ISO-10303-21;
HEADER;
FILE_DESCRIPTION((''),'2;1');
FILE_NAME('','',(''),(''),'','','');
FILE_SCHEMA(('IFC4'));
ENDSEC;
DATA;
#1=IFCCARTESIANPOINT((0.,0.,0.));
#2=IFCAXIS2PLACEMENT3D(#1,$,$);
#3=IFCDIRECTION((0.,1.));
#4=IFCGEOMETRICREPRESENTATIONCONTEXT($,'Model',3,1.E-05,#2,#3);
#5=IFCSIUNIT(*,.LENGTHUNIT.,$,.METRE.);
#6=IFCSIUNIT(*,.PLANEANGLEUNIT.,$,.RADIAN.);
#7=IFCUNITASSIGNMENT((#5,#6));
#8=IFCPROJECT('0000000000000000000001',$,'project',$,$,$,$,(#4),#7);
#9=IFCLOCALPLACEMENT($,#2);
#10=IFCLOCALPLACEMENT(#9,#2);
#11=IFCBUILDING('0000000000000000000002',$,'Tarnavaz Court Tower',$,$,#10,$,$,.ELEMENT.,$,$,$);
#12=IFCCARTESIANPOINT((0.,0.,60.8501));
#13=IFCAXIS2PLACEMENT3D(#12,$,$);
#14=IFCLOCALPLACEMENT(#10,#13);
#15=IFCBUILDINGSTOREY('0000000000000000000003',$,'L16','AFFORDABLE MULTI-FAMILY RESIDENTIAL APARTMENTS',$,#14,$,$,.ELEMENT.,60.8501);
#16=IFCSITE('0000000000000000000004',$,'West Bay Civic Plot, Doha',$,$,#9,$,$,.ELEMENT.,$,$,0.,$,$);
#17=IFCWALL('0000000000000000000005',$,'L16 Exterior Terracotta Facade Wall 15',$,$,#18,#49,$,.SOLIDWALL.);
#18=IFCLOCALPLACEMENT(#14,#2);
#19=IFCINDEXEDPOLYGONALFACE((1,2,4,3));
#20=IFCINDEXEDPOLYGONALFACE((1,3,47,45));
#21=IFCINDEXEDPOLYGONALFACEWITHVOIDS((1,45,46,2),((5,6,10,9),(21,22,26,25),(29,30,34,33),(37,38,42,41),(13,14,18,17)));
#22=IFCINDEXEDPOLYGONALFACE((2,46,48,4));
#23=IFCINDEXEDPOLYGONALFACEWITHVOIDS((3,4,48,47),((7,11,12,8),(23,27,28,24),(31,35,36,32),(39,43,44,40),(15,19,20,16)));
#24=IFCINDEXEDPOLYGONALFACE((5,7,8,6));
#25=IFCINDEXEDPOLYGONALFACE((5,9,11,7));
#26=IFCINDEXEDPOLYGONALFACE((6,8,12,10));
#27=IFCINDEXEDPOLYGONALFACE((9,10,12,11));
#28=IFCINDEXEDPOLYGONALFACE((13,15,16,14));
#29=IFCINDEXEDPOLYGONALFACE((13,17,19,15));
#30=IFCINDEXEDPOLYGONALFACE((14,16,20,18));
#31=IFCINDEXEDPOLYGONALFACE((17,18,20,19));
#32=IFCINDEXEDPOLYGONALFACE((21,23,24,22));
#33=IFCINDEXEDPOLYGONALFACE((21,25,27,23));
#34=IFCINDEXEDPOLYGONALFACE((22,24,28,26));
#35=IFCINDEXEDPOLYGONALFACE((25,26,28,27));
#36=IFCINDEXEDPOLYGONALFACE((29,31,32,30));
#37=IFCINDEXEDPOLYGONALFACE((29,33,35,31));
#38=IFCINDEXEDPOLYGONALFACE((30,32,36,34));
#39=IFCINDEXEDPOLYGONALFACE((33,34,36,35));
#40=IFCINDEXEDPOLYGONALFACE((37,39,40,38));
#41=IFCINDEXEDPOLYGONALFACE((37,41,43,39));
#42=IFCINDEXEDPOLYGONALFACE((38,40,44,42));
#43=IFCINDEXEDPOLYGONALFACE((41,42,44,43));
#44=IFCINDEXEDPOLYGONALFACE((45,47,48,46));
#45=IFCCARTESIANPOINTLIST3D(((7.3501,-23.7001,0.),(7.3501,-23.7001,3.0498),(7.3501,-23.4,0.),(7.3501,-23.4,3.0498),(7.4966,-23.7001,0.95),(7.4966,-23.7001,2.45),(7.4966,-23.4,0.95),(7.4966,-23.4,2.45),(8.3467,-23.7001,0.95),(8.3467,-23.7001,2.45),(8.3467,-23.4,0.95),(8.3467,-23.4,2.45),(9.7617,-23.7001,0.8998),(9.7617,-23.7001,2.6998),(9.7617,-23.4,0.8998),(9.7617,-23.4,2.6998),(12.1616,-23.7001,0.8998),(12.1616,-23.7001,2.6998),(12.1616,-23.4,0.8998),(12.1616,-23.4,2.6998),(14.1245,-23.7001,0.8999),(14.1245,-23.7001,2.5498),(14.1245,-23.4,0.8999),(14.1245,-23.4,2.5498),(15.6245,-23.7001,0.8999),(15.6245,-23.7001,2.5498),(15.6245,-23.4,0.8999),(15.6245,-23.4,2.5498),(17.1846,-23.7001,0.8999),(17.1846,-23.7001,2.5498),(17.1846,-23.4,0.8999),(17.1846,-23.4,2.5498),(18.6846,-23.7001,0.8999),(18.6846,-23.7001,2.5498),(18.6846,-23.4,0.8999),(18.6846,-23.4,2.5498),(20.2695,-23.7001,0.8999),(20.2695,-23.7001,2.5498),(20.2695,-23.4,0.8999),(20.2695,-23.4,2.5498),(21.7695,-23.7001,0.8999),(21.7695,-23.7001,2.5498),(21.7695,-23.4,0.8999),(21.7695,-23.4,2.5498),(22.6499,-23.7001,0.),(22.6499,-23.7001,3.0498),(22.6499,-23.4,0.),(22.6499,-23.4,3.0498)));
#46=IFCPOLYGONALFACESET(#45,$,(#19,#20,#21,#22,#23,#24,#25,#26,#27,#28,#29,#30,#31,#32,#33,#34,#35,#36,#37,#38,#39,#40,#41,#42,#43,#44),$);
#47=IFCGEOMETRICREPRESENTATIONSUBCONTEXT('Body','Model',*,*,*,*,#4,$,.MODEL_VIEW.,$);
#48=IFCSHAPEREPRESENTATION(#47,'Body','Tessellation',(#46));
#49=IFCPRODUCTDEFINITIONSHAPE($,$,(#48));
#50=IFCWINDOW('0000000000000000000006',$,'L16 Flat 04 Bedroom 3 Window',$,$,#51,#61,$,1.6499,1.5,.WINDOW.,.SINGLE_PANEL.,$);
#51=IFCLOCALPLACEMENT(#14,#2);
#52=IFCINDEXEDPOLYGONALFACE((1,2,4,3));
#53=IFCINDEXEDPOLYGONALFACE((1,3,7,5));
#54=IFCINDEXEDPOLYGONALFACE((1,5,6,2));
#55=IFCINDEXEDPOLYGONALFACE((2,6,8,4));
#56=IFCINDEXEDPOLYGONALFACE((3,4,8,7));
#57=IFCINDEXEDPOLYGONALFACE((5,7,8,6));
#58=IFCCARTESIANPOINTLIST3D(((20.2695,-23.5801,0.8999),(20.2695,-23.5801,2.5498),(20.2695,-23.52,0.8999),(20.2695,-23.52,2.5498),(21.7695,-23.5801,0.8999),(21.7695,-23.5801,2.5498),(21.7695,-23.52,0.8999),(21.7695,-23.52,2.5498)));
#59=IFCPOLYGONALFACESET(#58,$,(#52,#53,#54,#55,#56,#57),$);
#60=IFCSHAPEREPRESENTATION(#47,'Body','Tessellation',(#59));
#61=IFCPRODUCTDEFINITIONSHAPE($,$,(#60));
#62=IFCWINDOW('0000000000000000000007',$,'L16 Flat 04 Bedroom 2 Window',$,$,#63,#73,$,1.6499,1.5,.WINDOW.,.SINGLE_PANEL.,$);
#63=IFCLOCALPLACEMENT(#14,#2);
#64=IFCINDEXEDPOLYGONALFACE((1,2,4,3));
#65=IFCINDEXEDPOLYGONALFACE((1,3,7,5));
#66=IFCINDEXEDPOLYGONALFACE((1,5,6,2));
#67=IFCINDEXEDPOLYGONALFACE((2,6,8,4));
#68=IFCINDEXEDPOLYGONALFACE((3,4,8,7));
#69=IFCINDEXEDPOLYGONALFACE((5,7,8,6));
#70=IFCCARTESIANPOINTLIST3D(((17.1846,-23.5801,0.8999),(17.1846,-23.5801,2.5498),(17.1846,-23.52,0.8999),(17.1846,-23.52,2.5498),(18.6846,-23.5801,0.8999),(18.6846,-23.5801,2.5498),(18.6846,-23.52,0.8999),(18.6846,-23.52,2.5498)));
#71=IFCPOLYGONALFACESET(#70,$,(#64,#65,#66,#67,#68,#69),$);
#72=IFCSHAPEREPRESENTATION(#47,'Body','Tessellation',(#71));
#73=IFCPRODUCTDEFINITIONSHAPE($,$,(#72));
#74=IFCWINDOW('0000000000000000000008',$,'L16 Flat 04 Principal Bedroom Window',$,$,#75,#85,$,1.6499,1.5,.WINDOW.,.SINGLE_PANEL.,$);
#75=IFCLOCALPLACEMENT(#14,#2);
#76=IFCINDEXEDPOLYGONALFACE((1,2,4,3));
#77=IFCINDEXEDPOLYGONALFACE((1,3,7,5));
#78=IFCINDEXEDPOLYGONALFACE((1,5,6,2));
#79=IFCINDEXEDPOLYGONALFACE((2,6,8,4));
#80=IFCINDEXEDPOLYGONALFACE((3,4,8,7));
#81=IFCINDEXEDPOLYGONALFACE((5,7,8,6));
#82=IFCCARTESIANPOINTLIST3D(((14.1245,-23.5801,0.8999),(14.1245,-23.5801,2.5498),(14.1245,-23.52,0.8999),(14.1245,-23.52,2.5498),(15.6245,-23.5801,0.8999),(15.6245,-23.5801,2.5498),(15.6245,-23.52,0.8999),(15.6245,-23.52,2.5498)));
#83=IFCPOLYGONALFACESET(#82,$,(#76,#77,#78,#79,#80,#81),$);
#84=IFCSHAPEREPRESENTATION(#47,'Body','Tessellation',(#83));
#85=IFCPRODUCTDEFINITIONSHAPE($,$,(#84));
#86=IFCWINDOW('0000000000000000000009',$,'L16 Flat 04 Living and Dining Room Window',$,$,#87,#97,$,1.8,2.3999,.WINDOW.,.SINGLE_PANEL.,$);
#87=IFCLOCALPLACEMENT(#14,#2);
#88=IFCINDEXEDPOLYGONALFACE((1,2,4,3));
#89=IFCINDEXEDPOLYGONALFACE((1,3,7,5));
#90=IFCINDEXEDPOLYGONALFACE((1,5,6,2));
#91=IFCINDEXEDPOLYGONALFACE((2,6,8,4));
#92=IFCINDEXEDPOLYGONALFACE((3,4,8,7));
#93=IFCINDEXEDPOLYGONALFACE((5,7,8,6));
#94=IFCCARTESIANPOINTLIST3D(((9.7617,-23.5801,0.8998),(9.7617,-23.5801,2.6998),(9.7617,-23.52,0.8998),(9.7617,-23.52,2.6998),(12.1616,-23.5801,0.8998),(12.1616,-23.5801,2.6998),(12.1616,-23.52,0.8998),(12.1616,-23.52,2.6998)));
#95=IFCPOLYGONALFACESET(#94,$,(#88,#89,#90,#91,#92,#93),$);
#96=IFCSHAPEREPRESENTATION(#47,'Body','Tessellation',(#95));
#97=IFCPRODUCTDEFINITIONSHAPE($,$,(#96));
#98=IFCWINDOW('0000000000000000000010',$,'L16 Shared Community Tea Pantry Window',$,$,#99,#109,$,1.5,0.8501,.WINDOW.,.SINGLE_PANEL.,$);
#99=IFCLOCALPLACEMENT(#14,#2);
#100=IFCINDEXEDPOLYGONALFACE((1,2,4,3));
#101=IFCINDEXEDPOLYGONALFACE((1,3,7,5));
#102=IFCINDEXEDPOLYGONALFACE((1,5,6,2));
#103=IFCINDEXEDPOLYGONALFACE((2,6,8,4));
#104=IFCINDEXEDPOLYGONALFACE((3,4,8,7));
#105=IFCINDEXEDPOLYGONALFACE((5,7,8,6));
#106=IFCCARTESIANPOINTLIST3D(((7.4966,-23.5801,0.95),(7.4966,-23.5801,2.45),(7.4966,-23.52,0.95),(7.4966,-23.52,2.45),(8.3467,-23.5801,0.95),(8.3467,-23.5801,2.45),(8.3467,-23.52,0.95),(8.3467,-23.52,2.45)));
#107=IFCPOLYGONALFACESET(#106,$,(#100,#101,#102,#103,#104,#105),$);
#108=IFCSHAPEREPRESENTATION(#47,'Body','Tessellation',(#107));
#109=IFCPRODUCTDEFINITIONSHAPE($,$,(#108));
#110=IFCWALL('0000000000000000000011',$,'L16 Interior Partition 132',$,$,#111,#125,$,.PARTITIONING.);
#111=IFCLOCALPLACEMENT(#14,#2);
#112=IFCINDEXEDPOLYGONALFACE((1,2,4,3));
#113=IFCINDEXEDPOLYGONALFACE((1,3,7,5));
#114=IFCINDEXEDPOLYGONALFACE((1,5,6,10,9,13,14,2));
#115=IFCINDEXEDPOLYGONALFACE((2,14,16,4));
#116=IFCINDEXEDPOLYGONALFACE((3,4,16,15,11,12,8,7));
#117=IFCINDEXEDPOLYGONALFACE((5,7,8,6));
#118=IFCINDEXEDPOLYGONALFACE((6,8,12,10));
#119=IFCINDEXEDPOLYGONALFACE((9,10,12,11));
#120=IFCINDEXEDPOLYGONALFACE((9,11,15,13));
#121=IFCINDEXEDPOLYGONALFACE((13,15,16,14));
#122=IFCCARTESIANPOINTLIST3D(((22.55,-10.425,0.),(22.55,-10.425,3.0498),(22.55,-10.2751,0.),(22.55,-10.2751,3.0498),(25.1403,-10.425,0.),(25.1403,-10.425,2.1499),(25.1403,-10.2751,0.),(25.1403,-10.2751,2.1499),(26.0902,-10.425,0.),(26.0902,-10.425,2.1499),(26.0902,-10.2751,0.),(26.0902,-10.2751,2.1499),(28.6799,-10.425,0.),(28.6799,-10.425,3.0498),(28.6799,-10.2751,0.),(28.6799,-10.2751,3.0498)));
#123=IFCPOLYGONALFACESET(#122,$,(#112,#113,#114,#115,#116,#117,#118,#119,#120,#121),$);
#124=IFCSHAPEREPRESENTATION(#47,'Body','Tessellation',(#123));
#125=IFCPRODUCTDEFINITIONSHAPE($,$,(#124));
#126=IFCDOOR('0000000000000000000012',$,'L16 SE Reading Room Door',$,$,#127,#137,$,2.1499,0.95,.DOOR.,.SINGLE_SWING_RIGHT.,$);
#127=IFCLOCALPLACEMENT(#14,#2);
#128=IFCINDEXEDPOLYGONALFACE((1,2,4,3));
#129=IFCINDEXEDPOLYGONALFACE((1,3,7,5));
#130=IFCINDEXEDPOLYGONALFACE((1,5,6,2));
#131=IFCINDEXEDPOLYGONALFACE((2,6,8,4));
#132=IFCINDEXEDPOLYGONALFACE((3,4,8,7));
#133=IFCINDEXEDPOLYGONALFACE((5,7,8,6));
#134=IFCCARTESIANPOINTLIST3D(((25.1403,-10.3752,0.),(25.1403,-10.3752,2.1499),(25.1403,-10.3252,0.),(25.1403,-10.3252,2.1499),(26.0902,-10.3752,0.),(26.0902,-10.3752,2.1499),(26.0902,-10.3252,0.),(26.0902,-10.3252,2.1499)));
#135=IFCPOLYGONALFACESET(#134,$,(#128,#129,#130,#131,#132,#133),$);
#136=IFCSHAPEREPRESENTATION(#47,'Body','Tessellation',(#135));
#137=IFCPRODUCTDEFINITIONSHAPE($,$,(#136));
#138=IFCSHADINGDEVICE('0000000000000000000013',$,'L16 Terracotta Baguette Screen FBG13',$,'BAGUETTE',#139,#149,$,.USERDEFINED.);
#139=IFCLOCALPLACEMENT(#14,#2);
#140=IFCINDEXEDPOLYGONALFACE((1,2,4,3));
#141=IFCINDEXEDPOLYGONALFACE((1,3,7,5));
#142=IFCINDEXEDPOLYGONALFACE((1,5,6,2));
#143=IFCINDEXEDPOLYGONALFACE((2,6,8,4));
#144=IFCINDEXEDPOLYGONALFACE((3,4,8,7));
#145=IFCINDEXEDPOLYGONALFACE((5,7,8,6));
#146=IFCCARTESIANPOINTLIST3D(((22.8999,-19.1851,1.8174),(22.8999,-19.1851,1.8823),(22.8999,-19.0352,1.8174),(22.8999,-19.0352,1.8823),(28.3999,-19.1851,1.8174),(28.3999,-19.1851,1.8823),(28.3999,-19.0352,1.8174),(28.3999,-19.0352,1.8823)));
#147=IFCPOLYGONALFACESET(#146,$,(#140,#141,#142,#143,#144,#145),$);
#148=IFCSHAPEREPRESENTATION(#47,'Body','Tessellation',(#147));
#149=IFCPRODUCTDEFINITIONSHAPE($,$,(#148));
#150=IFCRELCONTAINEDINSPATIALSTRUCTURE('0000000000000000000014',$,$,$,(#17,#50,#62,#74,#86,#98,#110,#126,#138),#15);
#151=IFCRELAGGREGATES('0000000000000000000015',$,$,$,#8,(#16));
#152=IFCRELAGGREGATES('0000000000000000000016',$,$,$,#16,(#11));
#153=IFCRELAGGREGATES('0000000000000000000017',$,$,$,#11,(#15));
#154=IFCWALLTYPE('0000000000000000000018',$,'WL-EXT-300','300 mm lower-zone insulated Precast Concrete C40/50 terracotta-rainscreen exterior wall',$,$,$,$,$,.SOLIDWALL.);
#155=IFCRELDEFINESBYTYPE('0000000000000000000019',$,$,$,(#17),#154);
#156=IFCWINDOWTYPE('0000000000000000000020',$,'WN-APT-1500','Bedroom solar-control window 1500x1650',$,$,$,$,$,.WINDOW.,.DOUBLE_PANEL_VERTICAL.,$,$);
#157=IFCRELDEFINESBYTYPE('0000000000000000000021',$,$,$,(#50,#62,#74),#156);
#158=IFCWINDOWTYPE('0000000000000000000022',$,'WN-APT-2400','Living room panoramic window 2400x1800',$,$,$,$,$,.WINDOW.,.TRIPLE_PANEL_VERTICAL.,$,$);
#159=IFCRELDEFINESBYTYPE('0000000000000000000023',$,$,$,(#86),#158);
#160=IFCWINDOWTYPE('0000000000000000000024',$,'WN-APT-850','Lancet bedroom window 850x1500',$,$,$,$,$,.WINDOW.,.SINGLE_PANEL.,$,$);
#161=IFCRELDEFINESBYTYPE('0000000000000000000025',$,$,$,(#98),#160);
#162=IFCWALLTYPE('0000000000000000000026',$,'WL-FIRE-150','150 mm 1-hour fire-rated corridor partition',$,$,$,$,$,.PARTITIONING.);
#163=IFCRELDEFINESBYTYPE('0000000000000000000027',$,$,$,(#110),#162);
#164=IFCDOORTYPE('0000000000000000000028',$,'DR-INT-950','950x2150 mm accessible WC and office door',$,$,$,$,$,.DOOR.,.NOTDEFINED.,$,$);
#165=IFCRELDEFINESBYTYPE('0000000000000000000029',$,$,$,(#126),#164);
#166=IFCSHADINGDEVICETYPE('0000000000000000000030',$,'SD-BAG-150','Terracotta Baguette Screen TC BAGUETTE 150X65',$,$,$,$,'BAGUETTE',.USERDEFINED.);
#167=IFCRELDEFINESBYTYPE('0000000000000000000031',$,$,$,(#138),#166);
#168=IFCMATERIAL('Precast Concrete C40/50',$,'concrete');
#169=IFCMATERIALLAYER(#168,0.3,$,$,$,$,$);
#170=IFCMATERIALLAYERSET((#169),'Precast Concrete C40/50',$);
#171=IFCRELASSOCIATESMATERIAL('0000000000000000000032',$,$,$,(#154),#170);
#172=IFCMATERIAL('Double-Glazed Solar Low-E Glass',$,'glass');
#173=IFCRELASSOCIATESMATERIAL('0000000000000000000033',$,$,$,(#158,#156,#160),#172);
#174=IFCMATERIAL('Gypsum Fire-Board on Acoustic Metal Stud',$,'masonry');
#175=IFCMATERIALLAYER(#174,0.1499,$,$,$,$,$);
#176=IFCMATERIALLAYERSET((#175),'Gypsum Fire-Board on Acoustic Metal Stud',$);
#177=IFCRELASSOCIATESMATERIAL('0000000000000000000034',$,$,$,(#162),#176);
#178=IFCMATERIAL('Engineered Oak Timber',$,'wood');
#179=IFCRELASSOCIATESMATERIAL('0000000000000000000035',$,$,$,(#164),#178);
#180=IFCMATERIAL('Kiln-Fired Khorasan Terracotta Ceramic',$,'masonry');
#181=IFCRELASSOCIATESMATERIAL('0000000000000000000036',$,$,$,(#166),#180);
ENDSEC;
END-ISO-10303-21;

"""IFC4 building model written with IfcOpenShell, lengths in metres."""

from ifc_helpers import new_model, si_unit, direction, frame, frame_2d, origin, origin_2d, place, context, subcontext, project, spatial, rectangle, extrude, material, layer, layer_set, material_profile, profile_set, type_object, element, fill, save


model = new_model("IFC4")

# Units and contexts
model_context = context("Model", 3, precision=1e-05, world=origin(), true_north=direction((0.0, 1.0)))
body_context = subcontext(model_context, "Body", "Model", "MODEL_VIEW")
ifc_project = project(units=[si_unit("LENGTHUNIT", "METRE"), si_unit("PLANEANGLEUNIT", "RADIAN")], contexts=[model_context])

# Site, building, storey
site_placement = place(None, origin())
site = spatial("IfcSite", under=ifc_project, at=site_placement, Name="West Bay Civic Plot, Doha", CompositionType="ELEMENT", RefElevation=0.0)
building_placement = place(site_placement, origin())
building = spatial("IfcBuilding", under=site, at=building_placement, Name="Tarnavaz Court Tower", CompositionType="ELEMENT")
storey_placement = place(building_placement, frame((0.0, 0.0, 60.8501)))
storey = spatial("IfcBuildingStorey", under=building, at=storey_placement, Name="L16", Description="AFFORDABLE MULTI-FAMILY RESIDENTIAL APARTMENTS", CompositionType="ELEMENT", Elevation=60.8501)

# Shared definitions
ifc_material_1 = material(Name="Precast Concrete C40/50", Category="concrete")
ifc_layer_1 = layer(ifc_material_1, 0.3)
ifc_layer_set_1 = layer_set([ifc_layer_1], Name="Precast Concrete C40/50")
wall_type_1 = type_object("IfcWallType", Name="WL-EXT-300", Description="300 mm lower-zone insulated Precast Concrete C40/50 terracotta-rainscreen exterior wall", PredefinedType="SOLIDWALL", material=ifc_layer_set_1)
ifc_material_2 = material(Name="Double-Glazed Solar Low-E Glass", Category="glass")
window_type_1 = type_object("IfcWindowType", Name="WN-APT-2400", Description="Living room panoramic window 2400x1800", PartitioningType="TRIPLE_PANEL_VERTICAL", PredefinedType="WINDOW", material=ifc_material_2)

# Wall, openings, windows
wall_1_placement = place(storey_placement, frame((22.6499, -23.55, 0.0), z_axis=(0.0, 0.0, 1.0), x_axis=(-1.0, 0.0, 0.0)))
wall_1 = element("IfcWall", 1, at=wall_1_placement, inside=storey, type_object=wall_type_1, Name="L16 Exterior Terracotta Facade Wall 15", PredefinedType="SOLIDWALL", context=body_context, shape_type="SweptSolid", body=[
    extrude(rectangle(XDim=15.2998, YDim=0.3, at=frame_2d((7.6499, 0.0))), origin(), (0.0, 0.0, 1.0), 3.0498),
])
opening_1_placement = place(wall_1_placement, frame((0.8804, 0.0, 0.8999)))
opening_1 = element("IfcOpeningElement", 2, at=opening_1_placement, cuts=wall_1, PredefinedType="OPENING", context=body_context, shape_type="SweptSolid", body=[
    extrude(rectangle(XDim=1.5, YDim=1.6499, at=frame_2d((0.75, 0.825))), frame((0.0, 0.1599, 0.0), z_axis=(0.0, -1.0, 0.0), x_axis=(1.0, 0.0, 0.0)), (0.0, 0.0, 1.0), 0.3201),
])
opening_2_placement = place(wall_1_placement, frame((3.9653, 0.0, 0.8999)))
opening_2 = element("IfcOpeningElement", 3, at=opening_2_placement, cuts=wall_1, PredefinedType="OPENING", context=body_context, shape_type="SweptSolid", body=[
    extrude(rectangle(XDim=1.5, YDim=1.6499, at=frame_2d((0.75, 0.825))), frame((0.0, 0.1599, 0.0), z_axis=(0.0, -1.0, 0.0), x_axis=(1.0, 0.0, 0.0)), (0.0, 0.0, 1.0), 0.3201),
])
opening_3_placement = place(wall_1_placement, frame((7.0254, 0.0, 0.8999)))
opening_3 = element("IfcOpeningElement", 4, at=opening_3_placement, cuts=wall_1, PredefinedType="OPENING", context=body_context, shape_type="SweptSolid", body=[
    extrude(rectangle(XDim=1.5, YDim=1.6499, at=frame_2d((0.75, 0.825))), frame((0.0, 0.1599, 0.0), z_axis=(0.0, -1.0, 0.0), x_axis=(1.0, 0.0, 0.0)), (0.0, 0.0, 1.0), 0.3201),
])
opening_4_placement = place(wall_1_placement, frame((10.4883, 0.0, 0.8999)))
opening_4 = element("IfcOpeningElement", 5, at=opening_4_placement, cuts=wall_1, PredefinedType="OPENING", context=body_context, shape_type="SweptSolid", body=[
    extrude(rectangle(XDim=2.3999, YDim=1.8, at=frame_2d((1.2, 0.8999))), frame((0.0, 0.1599, 0.0), z_axis=(0.0, -1.0, 0.0), x_axis=(1.0, 0.0, 0.0)), (0.0, 0.0, 1.0), 0.3201),
])
opening_5_placement = place(wall_1_placement, frame((14.3032, 0.0, 0.95)))
opening_5 = element("IfcOpeningElement", 6, at=opening_5_placement, cuts=wall_1, PredefinedType="OPENING", context=body_context, shape_type="SweptSolid", body=[
    extrude(rectangle(XDim=0.8501, YDim=1.5, at=frame_2d((0.425, 0.75))), frame((0.0, 0.1599, 0.0), z_axis=(0.0, -1.0, 0.0), x_axis=(1.0, 0.0, 0.0)), (0.0, 0.0, 1.0), 0.3201),
])
window_type_2 = type_object("IfcWindowType", Name="WN-APT-1500", Description="Bedroom solar-control window 1500x1650", PartitioningType="DOUBLE_PANEL_VERTICAL", PredefinedType="WINDOW", material=ifc_material_2)
window_1_placement = place(opening_1_placement, origin())
window_1 = element("IfcWindow", 7, at=window_1_placement, inside=storey, type_object=window_type_2, Name="L16 Flat 04 Bedroom 3 Window", OverallHeight=1.6499, OverallWidth=1.5, PartitioningType="SINGLE_PANEL", PredefinedType="WINDOW", context=body_context, shape_type="SweptSolid", body=[
    extrude(rectangle(XDim=1.5, YDim=1.6499, at=frame_2d((0.75, 0.825))), frame((0.0, 0.03, 0.0), z_axis=(0.0, -1.0, 0.0), x_axis=(1.0, 0.0, 0.0)), (0.0, 0.0, 1.0), 0.0601),
])
fill(opening_1, window_1)
window_2_placement = place(opening_2_placement, origin())
window_2 = element("IfcWindow", 8, at=window_2_placement, inside=storey, type_object=window_type_2, Name="L16 Flat 04 Bedroom 2 Window", OverallHeight=1.6499, OverallWidth=1.5, PartitioningType="SINGLE_PANEL", PredefinedType="WINDOW", context=body_context, shape_type="SweptSolid", body=[
    extrude(rectangle(XDim=1.5, YDim=1.6499, at=frame_2d((0.75, 0.825))), frame((0.0, 0.03, 0.0), z_axis=(0.0, -1.0, 0.0), x_axis=(1.0, 0.0, 0.0)), (0.0, 0.0, 1.0), 0.0601),
])
fill(opening_2, window_2)
window_3_placement = place(opening_3_placement, origin())
window_3 = element("IfcWindow", 9, at=window_3_placement, inside=storey, type_object=window_type_2, Name="L16 Flat 04 Principal Bedroom Window", OverallHeight=1.6499, OverallWidth=1.5, PartitioningType="SINGLE_PANEL", PredefinedType="WINDOW", context=body_context, shape_type="SweptSolid", body=[
    extrude(rectangle(XDim=1.5, YDim=1.6499, at=frame_2d((0.75, 0.825))), frame((0.0, 0.03, 0.0), z_axis=(0.0, -1.0, 0.0), x_axis=(1.0, 0.0, 0.0)), (0.0, 0.0, 1.0), 0.0601),
])
fill(opening_3, window_3)
window_4_placement = place(opening_4_placement, origin())
window_4 = element("IfcWindow", 10, at=window_4_placement, inside=storey, type_object=window_type_1, Name="L16 Flat 04 Living and Dining Room Window", OverallHeight=1.8, OverallWidth=2.3999, PartitioningType="SINGLE_PANEL", PredefinedType="WINDOW", context=body_context, shape_type="SweptSolid", body=[
    extrude(rectangle(XDim=2.3999, YDim=1.8, at=frame_2d((1.2, 0.8999))), frame((0.0, 0.03, 0.0), z_axis=(0.0, -1.0, 0.0), x_axis=(1.0, 0.0, 0.0)), (0.0, 0.0, 1.0), 0.0601),
])
fill(opening_4, window_4)
window_type_3 = type_object("IfcWindowType", Name="WN-APT-850", Description="Lancet bedroom window 850x1500", PartitioningType="SINGLE_PANEL", PredefinedType="WINDOW", material=ifc_material_2)
window_5_placement = place(opening_5_placement, origin())
window_5 = element("IfcWindow", 11, at=window_5_placement, inside=storey, type_object=window_type_3, Name="L16 Shared Community Tea Pantry Window", OverallHeight=1.5, OverallWidth=0.8501, PartitioningType="SINGLE_PANEL", PredefinedType="WINDOW", context=body_context, shape_type="SweptSolid", body=[
    extrude(rectangle(XDim=0.8501, YDim=1.5, at=frame_2d((0.425, 0.75))), frame((0.0, 0.03, 0.0), z_axis=(0.0, -1.0, 0.0), x_axis=(1.0, 0.0, 0.0)), (0.0, 0.0, 1.0), 0.0601),
])
fill(opening_5, window_5)

# Wall, opening, door
ifc_material_3 = material(Name="Gypsum Fire-Board on Acoustic Metal Stud", Category="masonry")
ifc_layer_2 = layer(ifc_material_3, 0.1499)
ifc_layer_set_2 = layer_set([ifc_layer_2], Name="Gypsum Fire-Board on Acoustic Metal Stud")
wall_type_2 = type_object("IfcWallType", Name="WL-FIRE-150", Description="150 mm 1-hour fire-rated corridor partition", PredefinedType="PARTITIONING", material=ifc_layer_set_2)
wall_2_placement = place(storey_placement, frame((22.55, -10.3501, 0.0), z_axis=(0.0, 0.0, 1.0), x_axis=(1.0, 0.0, 0.0)))
wall_2 = element("IfcWall", 12, at=wall_2_placement, inside=storey, type_object=wall_type_2, Name="L16 Interior Partition 132", PredefinedType="PARTITIONING", context=body_context, shape_type="SweptSolid", body=[
    extrude(rectangle(XDim=6.1299, YDim=0.1499, at=frame_2d((3.0649, 0.0))), origin(), (0.0, 0.0, 1.0), 3.0498),
])
opening_6_placement = place(wall_2_placement, frame((2.5901, 0.0, 0.0)))
opening_6 = element("IfcOpeningElement", 13, at=opening_6_placement, cuts=wall_2, PredefinedType="OPENING", context=body_context, shape_type="SweptSolid", body=[
    extrude(rectangle(XDim=0.95, YDim=2.1499, at=frame_2d((0.4751, 1.075))), frame((0.0, 0.085, 0.0), z_axis=(0.0, -1.0, 0.0), x_axis=(1.0, 0.0, 0.0)), (0.0, 0.0, 1.0), 0.1699),
])
ifc_material_4 = material(Name="Engineered Oak Timber", Category="wood")
door_type = type_object("IfcDoorType", Name="DR-INT-950", Description="950x2150 mm accessible WC and office door", OperationType="NOTDEFINED", PredefinedType="DOOR", material=ifc_material_4)
door_placement = place(opening_6_placement, origin())
door = element("IfcDoor", 14, at=door_placement, inside=storey, type_object=door_type, Name="L16 SE Reading Room Door", OperationType="SINGLE_SWING_RIGHT", OverallHeight=2.1499, OverallWidth=0.95, PredefinedType="DOOR", context=body_context, shape_type="SweptSolid", body=[
    extrude(rectangle(XDim=0.95, YDim=2.1499, at=frame_2d((0.4751, 1.075))), frame((0.0, 0.0249, 0.0), z_axis=(0.0, -1.0, 0.0), x_axis=(1.0, 0.0, 0.0)), (0.0, 0.0, 1.0), 0.05),
])
fill(opening_6, door)

# Shading device
ifc_material_5 = material(Name="Kiln-Fired Khorasan Terracotta Ceramic", Category="masonry")
ifc_material_profile_1 = material_profile(ifc_material_5, rectangle(XDim=0.1499, YDim=0.0649, at=origin_2d()), Name="TC BAGUETTE 150X65")
ifc_profile_set_1 = profile_set([ifc_material_profile_1], Name="Kiln-Fired Khorasan Terracotta Ceramic")
shading_device_type = type_object("IfcShadingDeviceType", Name="SD-BAG-150", Description="Terracotta Baguette Screen TC BAGUETTE 150X65", ElementType="BAGUETTE", PredefinedType="USERDEFINED", material=ifc_profile_set_1)
shading_device_placement = place(storey_placement, frame((28.3999, -19.1101, 1.8499), z_axis=(-1.0, 0.0, 0.0), x_axis=(0.0, -1.0, 0.0)))
element("IfcShadingDevice", 15, at=shading_device_placement, inside=storey, type_object=shading_device_type, Name="L16 Terracotta Baguette Screen FBG13", ObjectType="BAGUETTE", PredefinedType="USERDEFINED", context=body_context, shape_type="SweptSolid", body=[
    extrude(rectangle(XDim=0.1499, YDim=0.0649, at=origin_2d()), origin(), (0.0, 0.0, 1.0), 5.5),
])

save(model, "model.ifc")
